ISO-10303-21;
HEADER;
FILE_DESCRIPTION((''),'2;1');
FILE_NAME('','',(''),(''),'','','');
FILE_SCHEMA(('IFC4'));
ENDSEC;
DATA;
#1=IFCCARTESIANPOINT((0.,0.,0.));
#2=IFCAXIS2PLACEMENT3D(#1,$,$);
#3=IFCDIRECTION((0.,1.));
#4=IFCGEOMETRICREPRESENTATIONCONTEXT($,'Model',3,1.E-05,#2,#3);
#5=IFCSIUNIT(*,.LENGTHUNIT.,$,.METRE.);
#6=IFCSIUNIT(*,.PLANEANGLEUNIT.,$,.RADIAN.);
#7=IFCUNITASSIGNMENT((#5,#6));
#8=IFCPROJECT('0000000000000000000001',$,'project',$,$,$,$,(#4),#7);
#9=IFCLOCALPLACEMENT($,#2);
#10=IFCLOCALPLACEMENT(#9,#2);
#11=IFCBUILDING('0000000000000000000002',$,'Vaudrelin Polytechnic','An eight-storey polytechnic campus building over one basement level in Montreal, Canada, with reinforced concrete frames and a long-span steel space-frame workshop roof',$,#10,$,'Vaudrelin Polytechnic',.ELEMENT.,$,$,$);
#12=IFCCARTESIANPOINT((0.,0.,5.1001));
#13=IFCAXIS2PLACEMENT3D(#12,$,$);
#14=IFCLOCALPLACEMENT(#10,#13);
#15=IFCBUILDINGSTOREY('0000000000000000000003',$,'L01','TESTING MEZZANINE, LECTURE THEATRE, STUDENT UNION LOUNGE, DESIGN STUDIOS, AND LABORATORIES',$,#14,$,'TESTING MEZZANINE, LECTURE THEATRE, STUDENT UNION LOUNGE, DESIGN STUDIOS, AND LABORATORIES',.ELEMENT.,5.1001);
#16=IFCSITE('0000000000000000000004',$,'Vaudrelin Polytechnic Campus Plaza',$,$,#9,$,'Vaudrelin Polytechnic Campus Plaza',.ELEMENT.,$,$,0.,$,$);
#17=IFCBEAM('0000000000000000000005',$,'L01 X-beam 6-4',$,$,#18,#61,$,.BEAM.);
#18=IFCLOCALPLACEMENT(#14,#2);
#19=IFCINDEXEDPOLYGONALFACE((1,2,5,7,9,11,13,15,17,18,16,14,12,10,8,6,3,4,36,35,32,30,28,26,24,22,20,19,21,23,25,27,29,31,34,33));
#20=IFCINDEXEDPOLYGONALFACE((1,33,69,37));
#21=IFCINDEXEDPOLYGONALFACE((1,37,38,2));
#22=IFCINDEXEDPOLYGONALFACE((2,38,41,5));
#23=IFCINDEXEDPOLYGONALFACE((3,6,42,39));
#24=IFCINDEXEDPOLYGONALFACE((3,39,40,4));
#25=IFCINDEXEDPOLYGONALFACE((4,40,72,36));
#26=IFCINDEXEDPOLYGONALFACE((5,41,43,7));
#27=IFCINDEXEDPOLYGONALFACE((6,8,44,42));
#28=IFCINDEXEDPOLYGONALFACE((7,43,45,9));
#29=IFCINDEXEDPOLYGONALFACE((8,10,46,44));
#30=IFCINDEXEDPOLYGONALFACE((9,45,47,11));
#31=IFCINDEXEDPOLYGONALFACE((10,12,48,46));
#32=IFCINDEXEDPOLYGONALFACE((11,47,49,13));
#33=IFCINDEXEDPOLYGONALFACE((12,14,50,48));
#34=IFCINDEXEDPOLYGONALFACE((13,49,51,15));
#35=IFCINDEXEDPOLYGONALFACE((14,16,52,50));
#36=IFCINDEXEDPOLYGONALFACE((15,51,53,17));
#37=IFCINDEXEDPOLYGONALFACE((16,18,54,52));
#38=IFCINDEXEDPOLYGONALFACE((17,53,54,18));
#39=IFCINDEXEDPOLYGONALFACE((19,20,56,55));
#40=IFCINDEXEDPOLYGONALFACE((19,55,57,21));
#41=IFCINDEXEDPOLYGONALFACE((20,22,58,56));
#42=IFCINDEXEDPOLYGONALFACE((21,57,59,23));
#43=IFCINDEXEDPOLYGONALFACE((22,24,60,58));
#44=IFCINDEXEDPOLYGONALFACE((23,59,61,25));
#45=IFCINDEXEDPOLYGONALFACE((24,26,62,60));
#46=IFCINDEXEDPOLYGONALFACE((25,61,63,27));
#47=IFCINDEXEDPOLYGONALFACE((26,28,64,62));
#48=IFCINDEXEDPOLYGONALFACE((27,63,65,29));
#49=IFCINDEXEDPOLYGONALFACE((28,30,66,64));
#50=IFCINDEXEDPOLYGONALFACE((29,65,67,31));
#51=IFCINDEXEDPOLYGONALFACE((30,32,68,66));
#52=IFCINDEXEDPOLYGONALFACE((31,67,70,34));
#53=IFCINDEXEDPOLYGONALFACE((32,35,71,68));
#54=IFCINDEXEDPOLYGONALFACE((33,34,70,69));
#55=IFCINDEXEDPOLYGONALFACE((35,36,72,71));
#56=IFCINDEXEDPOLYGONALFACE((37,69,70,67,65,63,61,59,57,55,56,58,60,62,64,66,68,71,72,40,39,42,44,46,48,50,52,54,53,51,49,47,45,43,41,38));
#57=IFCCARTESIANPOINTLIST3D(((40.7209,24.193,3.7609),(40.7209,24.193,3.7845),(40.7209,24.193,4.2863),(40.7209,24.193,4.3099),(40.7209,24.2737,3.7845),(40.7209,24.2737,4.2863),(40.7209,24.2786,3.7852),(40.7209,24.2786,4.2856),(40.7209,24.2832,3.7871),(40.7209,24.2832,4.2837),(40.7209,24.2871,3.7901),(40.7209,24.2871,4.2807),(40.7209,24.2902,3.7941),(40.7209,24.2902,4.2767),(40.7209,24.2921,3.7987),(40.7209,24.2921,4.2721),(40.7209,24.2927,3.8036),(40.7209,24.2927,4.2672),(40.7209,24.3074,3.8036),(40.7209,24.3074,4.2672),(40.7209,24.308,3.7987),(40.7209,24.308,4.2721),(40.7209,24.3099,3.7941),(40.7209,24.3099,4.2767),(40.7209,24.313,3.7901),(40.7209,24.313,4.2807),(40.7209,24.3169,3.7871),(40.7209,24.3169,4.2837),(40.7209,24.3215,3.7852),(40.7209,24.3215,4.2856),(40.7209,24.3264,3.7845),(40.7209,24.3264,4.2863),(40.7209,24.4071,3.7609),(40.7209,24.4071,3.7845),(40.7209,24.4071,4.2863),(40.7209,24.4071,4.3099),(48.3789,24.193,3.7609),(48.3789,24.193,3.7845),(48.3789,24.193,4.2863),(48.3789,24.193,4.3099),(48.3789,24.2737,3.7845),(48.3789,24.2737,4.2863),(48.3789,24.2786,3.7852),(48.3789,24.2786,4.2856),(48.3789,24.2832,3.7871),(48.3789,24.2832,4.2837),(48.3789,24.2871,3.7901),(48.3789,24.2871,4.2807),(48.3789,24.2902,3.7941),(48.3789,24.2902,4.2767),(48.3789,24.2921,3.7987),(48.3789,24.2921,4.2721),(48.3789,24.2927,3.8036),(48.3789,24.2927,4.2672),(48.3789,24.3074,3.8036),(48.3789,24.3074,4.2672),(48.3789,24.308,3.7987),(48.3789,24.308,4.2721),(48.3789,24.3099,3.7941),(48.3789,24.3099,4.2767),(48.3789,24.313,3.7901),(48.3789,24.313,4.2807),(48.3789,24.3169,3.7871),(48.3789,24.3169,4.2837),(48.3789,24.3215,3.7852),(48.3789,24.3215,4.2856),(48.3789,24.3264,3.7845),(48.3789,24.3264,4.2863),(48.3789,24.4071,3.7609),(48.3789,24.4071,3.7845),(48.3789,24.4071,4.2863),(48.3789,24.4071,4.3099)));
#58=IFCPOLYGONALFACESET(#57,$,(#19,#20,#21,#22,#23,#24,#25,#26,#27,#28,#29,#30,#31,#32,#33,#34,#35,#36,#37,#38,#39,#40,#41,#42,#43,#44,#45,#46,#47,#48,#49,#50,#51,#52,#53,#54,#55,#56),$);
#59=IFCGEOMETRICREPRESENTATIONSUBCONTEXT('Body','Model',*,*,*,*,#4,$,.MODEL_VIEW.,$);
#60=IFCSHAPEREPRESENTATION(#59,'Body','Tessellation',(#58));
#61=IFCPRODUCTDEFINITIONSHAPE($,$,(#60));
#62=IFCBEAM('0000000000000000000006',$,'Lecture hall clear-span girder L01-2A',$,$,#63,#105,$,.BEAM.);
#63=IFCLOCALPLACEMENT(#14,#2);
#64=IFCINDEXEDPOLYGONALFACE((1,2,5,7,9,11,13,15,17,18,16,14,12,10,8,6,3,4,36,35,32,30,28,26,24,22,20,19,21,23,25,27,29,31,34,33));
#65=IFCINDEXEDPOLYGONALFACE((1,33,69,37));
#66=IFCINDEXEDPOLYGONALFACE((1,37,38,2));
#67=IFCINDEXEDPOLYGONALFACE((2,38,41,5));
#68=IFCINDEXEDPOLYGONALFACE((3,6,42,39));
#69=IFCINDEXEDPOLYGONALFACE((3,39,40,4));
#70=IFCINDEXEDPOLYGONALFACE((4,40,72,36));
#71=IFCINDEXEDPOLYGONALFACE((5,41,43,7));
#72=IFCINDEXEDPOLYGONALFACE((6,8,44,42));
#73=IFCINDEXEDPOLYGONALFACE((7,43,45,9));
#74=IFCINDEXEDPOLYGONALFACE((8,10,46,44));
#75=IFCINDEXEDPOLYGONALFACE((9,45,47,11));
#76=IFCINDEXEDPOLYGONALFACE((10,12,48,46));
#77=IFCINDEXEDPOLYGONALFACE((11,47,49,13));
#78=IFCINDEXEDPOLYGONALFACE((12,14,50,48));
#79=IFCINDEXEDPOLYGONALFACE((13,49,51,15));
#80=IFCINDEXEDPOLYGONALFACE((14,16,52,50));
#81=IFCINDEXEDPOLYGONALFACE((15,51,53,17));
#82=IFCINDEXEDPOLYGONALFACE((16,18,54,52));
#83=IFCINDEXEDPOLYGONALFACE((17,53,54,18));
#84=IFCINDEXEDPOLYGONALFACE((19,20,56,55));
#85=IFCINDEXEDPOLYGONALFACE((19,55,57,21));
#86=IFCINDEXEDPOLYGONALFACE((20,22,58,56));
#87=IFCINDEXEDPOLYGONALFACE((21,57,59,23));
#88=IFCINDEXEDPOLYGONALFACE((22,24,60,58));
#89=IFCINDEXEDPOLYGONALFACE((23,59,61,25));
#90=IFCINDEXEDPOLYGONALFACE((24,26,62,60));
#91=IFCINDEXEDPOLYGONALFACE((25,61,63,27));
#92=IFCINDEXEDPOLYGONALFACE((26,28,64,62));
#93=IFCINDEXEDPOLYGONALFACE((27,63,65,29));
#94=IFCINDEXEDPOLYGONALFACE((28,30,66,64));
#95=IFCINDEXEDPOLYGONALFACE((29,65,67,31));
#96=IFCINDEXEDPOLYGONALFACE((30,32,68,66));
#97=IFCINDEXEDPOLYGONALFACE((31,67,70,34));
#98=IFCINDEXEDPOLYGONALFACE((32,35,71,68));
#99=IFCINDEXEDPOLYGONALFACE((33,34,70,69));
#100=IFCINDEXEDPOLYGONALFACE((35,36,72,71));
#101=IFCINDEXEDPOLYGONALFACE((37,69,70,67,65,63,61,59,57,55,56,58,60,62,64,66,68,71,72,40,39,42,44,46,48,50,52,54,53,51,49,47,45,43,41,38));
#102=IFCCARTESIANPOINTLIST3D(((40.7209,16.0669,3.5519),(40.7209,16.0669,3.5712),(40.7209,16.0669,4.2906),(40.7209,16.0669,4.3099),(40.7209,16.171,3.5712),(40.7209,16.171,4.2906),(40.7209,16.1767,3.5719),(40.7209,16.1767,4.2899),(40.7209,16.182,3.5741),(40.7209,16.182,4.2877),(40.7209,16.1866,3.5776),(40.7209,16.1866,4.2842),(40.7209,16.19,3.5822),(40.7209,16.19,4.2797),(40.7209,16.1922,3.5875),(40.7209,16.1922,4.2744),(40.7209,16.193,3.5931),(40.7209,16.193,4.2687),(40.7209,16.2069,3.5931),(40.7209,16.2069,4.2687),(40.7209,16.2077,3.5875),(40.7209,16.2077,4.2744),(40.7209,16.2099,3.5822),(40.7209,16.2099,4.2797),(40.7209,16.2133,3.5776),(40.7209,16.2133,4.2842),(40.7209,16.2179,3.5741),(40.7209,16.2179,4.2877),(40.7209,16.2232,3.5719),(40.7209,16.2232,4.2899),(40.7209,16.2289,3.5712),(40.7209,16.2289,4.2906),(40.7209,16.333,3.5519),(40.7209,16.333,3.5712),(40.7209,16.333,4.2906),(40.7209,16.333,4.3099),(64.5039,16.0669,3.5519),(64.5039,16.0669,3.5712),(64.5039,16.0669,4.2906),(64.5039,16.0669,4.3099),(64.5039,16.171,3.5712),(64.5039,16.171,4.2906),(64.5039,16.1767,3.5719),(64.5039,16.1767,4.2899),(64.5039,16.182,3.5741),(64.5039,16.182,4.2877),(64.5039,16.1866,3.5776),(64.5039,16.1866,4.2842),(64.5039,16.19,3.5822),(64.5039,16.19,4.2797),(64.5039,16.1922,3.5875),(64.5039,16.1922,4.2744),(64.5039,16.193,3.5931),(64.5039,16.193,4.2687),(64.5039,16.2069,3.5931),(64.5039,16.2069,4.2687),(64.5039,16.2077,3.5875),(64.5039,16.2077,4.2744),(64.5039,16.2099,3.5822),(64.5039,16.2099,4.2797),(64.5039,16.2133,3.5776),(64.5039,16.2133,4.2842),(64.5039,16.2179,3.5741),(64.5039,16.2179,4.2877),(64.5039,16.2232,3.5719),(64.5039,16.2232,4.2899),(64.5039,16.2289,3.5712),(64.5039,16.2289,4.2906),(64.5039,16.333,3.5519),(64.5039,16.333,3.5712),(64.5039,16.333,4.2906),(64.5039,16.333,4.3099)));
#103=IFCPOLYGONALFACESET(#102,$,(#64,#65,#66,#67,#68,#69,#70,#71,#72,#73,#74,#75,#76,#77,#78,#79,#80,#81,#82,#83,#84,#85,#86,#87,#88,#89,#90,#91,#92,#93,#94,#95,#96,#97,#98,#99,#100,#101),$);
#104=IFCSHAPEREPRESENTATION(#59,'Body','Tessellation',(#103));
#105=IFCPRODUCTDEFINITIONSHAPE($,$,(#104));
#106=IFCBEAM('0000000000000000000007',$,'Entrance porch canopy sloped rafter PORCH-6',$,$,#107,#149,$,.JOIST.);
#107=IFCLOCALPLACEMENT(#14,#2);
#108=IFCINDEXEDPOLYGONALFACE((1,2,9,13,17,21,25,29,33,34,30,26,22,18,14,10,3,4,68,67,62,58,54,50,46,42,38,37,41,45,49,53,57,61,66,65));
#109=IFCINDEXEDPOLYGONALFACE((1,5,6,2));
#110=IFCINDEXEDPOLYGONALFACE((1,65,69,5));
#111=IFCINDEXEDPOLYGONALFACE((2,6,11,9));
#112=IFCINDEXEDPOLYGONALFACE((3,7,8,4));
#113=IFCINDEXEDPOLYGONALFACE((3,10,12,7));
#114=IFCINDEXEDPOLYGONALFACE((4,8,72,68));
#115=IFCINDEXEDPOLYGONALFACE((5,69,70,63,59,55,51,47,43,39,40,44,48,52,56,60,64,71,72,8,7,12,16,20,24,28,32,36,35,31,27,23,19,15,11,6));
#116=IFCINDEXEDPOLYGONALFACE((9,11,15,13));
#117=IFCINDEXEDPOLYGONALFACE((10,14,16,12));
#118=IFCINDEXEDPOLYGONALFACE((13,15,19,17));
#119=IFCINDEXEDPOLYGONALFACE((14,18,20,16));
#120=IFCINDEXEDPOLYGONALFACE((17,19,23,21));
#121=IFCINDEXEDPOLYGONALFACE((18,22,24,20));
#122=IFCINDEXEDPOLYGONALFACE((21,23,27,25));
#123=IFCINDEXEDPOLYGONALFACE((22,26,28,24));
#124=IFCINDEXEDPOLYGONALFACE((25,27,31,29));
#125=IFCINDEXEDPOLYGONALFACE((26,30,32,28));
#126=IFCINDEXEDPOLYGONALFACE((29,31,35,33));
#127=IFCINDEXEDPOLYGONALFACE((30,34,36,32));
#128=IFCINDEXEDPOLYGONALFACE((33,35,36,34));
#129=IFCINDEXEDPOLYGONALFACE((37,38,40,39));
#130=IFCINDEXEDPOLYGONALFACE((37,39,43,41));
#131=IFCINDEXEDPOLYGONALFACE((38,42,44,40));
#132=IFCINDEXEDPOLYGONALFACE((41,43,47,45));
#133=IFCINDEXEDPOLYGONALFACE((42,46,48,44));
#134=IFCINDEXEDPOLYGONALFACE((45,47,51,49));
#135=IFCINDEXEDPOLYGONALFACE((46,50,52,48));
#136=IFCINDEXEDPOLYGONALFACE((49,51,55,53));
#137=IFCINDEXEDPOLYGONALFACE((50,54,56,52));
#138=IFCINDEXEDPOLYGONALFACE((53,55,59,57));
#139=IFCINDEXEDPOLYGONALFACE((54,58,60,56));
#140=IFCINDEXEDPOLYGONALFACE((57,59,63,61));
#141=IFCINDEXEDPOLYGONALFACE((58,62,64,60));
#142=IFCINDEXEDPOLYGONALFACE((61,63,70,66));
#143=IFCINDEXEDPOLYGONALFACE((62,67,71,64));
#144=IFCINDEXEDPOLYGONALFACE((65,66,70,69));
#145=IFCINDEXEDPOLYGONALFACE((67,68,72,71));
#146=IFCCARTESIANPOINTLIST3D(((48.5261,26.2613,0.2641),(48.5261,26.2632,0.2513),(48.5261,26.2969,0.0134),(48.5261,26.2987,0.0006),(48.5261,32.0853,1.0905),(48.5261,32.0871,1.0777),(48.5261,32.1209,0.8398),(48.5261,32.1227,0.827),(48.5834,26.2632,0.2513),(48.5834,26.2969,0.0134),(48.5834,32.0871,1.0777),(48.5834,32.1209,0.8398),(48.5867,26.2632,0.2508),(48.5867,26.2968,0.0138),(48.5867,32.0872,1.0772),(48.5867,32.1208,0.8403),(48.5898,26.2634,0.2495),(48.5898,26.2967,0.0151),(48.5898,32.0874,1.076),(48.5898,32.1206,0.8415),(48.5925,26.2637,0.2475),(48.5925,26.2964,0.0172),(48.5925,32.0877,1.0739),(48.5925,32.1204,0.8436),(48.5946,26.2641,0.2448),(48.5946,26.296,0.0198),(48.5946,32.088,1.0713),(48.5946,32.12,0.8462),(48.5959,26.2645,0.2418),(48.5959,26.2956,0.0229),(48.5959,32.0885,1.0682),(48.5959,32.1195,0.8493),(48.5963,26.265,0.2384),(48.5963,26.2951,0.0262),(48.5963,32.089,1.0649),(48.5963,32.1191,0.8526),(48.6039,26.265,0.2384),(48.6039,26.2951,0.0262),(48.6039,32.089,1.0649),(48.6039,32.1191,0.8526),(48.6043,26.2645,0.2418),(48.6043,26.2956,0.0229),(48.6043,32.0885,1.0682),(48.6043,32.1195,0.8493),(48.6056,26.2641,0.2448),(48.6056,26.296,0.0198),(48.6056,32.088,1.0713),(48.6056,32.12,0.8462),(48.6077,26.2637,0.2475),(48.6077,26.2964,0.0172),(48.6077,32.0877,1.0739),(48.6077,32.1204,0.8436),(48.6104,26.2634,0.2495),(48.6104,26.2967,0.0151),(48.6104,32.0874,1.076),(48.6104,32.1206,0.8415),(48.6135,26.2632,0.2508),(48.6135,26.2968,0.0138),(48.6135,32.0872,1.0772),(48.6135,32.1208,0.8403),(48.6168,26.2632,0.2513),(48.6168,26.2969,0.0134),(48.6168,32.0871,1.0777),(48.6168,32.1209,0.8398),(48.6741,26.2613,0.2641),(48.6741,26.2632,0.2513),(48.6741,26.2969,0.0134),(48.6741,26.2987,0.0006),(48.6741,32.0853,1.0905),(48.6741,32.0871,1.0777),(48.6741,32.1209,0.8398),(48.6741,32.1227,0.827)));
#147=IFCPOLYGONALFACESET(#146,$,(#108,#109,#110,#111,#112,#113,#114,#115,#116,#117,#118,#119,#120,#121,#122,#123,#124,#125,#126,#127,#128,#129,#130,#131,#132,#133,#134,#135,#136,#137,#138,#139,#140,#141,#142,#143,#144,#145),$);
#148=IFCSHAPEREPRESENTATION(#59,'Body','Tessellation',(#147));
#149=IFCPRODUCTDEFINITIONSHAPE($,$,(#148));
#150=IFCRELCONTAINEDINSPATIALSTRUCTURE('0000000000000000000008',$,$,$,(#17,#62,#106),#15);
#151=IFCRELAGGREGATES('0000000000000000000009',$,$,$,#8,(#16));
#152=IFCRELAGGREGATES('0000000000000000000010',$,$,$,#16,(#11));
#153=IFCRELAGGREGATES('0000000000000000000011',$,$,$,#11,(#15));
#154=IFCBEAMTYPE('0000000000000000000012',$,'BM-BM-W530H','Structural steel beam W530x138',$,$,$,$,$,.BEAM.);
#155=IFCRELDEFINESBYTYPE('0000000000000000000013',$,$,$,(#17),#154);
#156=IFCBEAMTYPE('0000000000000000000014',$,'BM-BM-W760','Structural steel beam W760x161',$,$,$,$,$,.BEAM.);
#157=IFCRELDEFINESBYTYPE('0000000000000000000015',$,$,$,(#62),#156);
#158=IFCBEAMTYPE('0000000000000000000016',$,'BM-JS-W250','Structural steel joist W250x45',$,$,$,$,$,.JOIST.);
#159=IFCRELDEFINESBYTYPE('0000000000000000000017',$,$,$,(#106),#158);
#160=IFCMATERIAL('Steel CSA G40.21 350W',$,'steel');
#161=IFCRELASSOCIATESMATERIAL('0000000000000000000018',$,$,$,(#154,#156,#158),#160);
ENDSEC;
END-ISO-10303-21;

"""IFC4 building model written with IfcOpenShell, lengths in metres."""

from ifc_helpers import new_model, si_unit, direction, frame, origin, origin_2d, place, context, subcontext, project, spatial, i_section, extrude, material, material_profile, profile_set, type_object, element, save


model = new_model("IFC4")

# Units and contexts
model_context = context("Model", 3, precision=1e-05, world=origin(), true_north=direction((0.0, 1.0)))
body_context = subcontext(model_context, "Body", "Model", "MODEL_VIEW")
ifc_project = project(units=[si_unit("LENGTHUNIT", "METRE"), si_unit("PLANEANGLEUNIT", "RADIAN")], contexts=[model_context])

# Site, building, storey
site_placement = place(None, origin())
site = spatial("IfcSite", under=ifc_project, at=site_placement, Name="Vaudrelin Polytechnic Campus Plaza", LongName="Vaudrelin Polytechnic Campus Plaza", CompositionType="ELEMENT", RefElevation=0.0)
building_placement = place(site_placement, origin())
building = spatial("IfcBuilding", under=site, at=building_placement, Name="Vaudrelin Polytechnic", Description="An eight-storey polytechnic campus building over one basement level in Montreal, Canada, with reinforced concrete frames and a long-span steel space-frame workshop roof", LongName="Vaudrelin Polytechnic", CompositionType="ELEMENT")
storey_placement = place(building_placement, frame((0.0, 0.0, 5.1001)))
storey = spatial("IfcBuildingStorey", under=building, at=storey_placement, Name="L01", Description="TESTING MEZZANINE, LECTURE THEATRE, STUDENT UNION LOUNGE, DESIGN STUDIOS, AND LABORATORIES", LongName="TESTING MEZZANINE, LECTURE THEATRE, STUDENT UNION LOUNGE, DESIGN STUDIOS, AND LABORATORIES", CompositionType="ELEMENT", Elevation=5.1001)

# Beams
ifc_material_1 = material(Name="Steel CSA G40.21 350W", Category="steel")
ifc_material_profile_1 = material_profile(ifc_material_1, i_section(OverallWidth=0.2141, OverallDepth=0.5491, WebThickness=0.0146, FlangeThickness=0.0237, FilletRadius=0.019, at=origin_2d()), Name="W530x138")
ifc_profile_set_1 = profile_set([ifc_material_profile_1], Name="Steel CSA G40.21 350W")
beam_type_1 = type_object("IfcBeamType", Name="BM-BM-W530H", Description="Structural steel beam W530x138", PredefinedType="BEAM", material=ifc_profile_set_1)
beam_1_placement = place(storey_placement, frame((40.7209, 24.3, 4.0354), z_axis=(1.0, 0.0, 0.0), x_axis=(0.0, 1.0, 0.0)))
element("IfcBeam", 1, at=beam_1_placement, inside=storey, type_object=beam_type_1, Name="L01 X-beam 6-4", PredefinedType="BEAM", context=body_context, shape_type="SweptSolid", body=[
    extrude(i_section(OverallWidth=0.2141, OverallDepth=0.5491, WebThickness=0.0146, FlangeThickness=0.0237, FilletRadius=0.019, at=origin_2d()), origin(), (0.0, 0.0, 1.0), 7.658),
])
ifc_material_profile_2 = material_profile(ifc_material_1, i_section(OverallWidth=0.2661, OverallDepth=0.7581, WebThickness=0.0139, FlangeThickness=0.0193, FilletRadius=0.022, at=origin_2d()), Name="W760x161")
ifc_profile_set_2 = profile_set([ifc_material_profile_2], Name="Steel CSA G40.21 350W")
beam_type_2 = type_object("IfcBeamType", Name="BM-BM-W760", Description="Structural steel beam W760x161", PredefinedType="BEAM", material=ifc_profile_set_2)
beam_2_placement = place(storey_placement, frame((40.7209, 16.2, 3.9309), z_axis=(1.0, 0.0, 0.0), x_axis=(0.0, 1.0, 0.0)))
element("IfcBeam", 2, at=beam_2_placement, inside=storey, type_object=beam_type_2, Name="Lecture hall clear-span girder L01-2A", PredefinedType="BEAM", context=body_context, shape_type="SweptSolid", body=[
    extrude(i_section(OverallWidth=0.2661, OverallDepth=0.7581, WebThickness=0.0139, FlangeThickness=0.0193, FilletRadius=0.022, at=origin_2d()), origin(), (0.0, 0.0, 1.0), 23.783),
])
ifc_material_profile_3 = material_profile(ifc_material_1, i_section(OverallWidth=0.1479, OverallDepth=0.2661, WebThickness=0.0076, FlangeThickness=0.0129, FilletRadius=0.0129, at=origin_2d()), Name="W250x45")
ifc_profile_set_3 = profile_set([ifc_material_profile_3], Name="Steel CSA G40.21 350W")
beam_type_3 = type_object("IfcBeamType", Name="BM-JS-W250", Description="Structural steel joist W250x45", PredefinedType="JOIST", material=ifc_profile_set_3)
beam_3_placement = place(storey_placement, frame((48.6001, 26.28, 0.1323), z_axis=(0.0, 0.990082, 0.140492), x_axis=(-1.0, 0.0, 0.0)))
element("IfcBeam", 3, at=beam_3_placement, inside=storey, type_object=beam_type_3, Name="Entrance porch canopy sloped rafter PORCH-6", PredefinedType="JOIST", context=body_context, shape_type="SweptSolid", body=[
    extrude(i_section(OverallWidth=0.1479, OverallDepth=0.2661, WebThickness=0.0076, FlangeThickness=0.0129, FilletRadius=0.0129, at=origin_2d()), origin(), (0.0, 0.0, 1.0), 5.8823),
])

save(model, "model.ifc")
